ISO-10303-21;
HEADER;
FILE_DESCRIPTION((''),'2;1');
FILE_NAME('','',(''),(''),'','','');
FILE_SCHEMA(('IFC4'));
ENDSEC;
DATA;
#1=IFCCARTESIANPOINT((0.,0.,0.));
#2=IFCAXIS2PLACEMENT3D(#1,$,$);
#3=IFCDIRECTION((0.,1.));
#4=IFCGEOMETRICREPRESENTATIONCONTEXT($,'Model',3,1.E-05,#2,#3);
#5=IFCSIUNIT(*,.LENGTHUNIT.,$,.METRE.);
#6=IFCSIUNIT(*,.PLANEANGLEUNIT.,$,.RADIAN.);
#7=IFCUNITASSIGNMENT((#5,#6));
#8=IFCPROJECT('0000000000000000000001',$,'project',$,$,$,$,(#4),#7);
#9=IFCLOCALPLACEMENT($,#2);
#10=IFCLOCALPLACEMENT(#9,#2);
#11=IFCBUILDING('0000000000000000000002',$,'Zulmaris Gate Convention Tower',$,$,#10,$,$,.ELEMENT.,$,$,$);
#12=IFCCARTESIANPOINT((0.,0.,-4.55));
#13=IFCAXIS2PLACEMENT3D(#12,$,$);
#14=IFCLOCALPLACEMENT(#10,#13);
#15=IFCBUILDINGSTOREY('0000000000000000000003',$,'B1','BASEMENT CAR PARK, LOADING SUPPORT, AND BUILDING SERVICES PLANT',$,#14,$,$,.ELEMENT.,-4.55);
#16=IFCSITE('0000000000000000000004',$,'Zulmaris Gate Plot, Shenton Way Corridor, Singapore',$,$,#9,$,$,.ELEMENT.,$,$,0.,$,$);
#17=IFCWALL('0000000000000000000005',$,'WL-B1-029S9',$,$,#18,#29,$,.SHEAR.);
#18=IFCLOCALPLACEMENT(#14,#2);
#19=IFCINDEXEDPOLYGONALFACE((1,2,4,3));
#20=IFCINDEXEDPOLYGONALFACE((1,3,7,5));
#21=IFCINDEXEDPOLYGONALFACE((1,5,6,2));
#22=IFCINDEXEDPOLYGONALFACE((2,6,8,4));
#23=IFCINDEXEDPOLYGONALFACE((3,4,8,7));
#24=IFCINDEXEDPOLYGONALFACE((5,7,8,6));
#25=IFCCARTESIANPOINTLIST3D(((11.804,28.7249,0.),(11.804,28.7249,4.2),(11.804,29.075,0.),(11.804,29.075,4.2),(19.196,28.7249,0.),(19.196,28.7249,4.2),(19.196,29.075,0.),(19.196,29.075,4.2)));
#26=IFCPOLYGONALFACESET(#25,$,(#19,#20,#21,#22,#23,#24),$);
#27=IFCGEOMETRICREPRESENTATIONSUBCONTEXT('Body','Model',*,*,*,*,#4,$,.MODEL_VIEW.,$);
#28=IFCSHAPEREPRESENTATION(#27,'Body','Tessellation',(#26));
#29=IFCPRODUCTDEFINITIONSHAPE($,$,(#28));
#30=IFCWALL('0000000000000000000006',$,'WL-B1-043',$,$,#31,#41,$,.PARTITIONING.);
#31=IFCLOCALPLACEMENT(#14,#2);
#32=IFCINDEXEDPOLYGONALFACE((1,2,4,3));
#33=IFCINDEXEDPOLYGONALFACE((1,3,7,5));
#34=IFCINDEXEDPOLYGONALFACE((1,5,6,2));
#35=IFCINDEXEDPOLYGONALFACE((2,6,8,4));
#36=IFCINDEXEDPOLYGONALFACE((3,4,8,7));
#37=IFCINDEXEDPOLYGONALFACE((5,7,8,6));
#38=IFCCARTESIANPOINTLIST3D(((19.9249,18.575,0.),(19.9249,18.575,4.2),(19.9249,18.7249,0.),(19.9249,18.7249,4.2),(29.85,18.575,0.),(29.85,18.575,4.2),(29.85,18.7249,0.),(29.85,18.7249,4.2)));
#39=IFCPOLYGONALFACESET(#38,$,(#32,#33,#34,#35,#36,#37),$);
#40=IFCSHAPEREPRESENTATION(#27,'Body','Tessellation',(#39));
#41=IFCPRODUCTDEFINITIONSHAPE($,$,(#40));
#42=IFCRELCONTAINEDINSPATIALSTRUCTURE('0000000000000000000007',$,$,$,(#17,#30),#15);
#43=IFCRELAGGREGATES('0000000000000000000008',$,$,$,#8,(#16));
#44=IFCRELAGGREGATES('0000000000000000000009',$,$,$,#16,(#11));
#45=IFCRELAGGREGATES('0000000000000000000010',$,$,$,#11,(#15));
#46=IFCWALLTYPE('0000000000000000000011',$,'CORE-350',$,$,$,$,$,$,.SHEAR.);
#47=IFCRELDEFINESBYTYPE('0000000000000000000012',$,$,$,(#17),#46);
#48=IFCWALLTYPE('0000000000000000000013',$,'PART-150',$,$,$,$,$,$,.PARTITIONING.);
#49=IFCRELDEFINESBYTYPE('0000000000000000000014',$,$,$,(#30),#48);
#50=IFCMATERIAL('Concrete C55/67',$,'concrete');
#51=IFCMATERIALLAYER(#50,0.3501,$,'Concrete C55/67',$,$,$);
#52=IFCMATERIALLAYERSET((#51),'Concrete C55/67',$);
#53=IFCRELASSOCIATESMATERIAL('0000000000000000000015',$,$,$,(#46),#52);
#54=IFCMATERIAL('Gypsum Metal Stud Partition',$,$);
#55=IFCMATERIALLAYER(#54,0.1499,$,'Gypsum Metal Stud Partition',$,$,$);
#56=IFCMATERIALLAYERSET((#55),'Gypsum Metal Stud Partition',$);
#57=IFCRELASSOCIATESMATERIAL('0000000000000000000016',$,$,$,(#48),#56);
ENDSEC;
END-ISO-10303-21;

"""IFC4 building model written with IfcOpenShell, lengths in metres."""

from ifc_helpers import new_model, si_unit, direction, frame, frame_2d, origin, place, context, subcontext, project, spatial, rectangle, extrude, material, layer, layer_set, type_object, element, save


model = new_model("IFC4")

# Units and contexts
model_context = context("Model", 3, precision=1e-05, world=origin(), true_north=direction((0.0, 1.0)))
body_context = subcontext(model_context, "Body", "Model", "MODEL_VIEW")
ifc_project = project(units=[si_unit("LENGTHUNIT", "METRE"), si_unit("PLANEANGLEUNIT", "RADIAN")], contexts=[model_context])

# Site, building, storey
site_placement = place(None, origin())
site = spatial("IfcSite", under=ifc_project, at=site_placement, Name="Zulmaris Gate Plot, Shenton Way Corridor, Singapore", CompositionType="ELEMENT", RefElevation=0.0)
building_placement = place(site_placement, origin())
building = spatial("IfcBuilding", under=site, at=building_placement, Name="Zulmaris Gate Convention Tower", CompositionType="ELEMENT")
storey_placement = place(building_placement, frame((0.0, 0.0, -4.55)))
storey = spatial("IfcBuildingStorey", under=building, at=storey_placement, Name="B1", Description="BASEMENT CAR PARK, LOADING SUPPORT, AND BUILDING SERVICES PLANT", CompositionType="ELEMENT", Elevation=-4.55)

# Shared definitions
ifc_material_1 = material(Name="Concrete C55/67", Category="concrete")
ifc_layer_1 = layer(ifc_material_1, 0.3501, Name="Concrete C55/67")
ifc_layer_set_1 = layer_set([ifc_layer_1], Name="Concrete C55/67")
wall_type_1 = type_object("IfcWallType", Name="CORE-350", PredefinedType="SHEAR", material=ifc_layer_set_1)

# Walls
wall_1_placement = place(storey_placement, frame((11.804, 28.8999, 0.0), z_axis=(0.0, 0.0, 1.0), x_axis=(1.0, 0.0, 0.0)))
element("IfcWall", 1, at=wall_1_placement, inside=storey, type_object=wall_type_1, Name="WL-B1-029S9", PredefinedType="SHEAR", context=body_context, shape_type="SweptSolid", body=[
    extrude(rectangle(XDim=7.3921, YDim=0.3501, at=frame_2d((3.696, 0.0))), origin(), (0.0, 0.0, 1.0), 4.2),
])
ifc_material_2 = material(Name="Gypsum Metal Stud Partition")
ifc_layer_2 = layer(ifc_material_2, 0.1499, Name="Gypsum Metal Stud Partition")
ifc_layer_set_2 = layer_set([ifc_layer_2], Name="Gypsum Metal Stud Partition")
wall_type_2 = type_object("IfcWallType", Name="PART-150", PredefinedType="PARTITIONING", material=ifc_layer_set_2)
wall_2_placement = place(storey_placement, frame((19.925, 18.6499, 0.0), z_axis=(0.0, 0.0, 1.0), x_axis=(1.0, 0.0, 0.0)))
element("IfcWall", 2, at=wall_2_placement, inside=storey, type_object=wall_type_2, Name="WL-B1-043", PredefinedType="PARTITIONING", context=body_context, shape_type="SweptSolid", body=[
    extrude(rectangle(XDim=9.925, YDim=0.1499, at=frame_2d((4.9624, 0.0))), origin(), (0.0, 0.0, 1.0), 4.2),
])

save(model, "model.ifc")
